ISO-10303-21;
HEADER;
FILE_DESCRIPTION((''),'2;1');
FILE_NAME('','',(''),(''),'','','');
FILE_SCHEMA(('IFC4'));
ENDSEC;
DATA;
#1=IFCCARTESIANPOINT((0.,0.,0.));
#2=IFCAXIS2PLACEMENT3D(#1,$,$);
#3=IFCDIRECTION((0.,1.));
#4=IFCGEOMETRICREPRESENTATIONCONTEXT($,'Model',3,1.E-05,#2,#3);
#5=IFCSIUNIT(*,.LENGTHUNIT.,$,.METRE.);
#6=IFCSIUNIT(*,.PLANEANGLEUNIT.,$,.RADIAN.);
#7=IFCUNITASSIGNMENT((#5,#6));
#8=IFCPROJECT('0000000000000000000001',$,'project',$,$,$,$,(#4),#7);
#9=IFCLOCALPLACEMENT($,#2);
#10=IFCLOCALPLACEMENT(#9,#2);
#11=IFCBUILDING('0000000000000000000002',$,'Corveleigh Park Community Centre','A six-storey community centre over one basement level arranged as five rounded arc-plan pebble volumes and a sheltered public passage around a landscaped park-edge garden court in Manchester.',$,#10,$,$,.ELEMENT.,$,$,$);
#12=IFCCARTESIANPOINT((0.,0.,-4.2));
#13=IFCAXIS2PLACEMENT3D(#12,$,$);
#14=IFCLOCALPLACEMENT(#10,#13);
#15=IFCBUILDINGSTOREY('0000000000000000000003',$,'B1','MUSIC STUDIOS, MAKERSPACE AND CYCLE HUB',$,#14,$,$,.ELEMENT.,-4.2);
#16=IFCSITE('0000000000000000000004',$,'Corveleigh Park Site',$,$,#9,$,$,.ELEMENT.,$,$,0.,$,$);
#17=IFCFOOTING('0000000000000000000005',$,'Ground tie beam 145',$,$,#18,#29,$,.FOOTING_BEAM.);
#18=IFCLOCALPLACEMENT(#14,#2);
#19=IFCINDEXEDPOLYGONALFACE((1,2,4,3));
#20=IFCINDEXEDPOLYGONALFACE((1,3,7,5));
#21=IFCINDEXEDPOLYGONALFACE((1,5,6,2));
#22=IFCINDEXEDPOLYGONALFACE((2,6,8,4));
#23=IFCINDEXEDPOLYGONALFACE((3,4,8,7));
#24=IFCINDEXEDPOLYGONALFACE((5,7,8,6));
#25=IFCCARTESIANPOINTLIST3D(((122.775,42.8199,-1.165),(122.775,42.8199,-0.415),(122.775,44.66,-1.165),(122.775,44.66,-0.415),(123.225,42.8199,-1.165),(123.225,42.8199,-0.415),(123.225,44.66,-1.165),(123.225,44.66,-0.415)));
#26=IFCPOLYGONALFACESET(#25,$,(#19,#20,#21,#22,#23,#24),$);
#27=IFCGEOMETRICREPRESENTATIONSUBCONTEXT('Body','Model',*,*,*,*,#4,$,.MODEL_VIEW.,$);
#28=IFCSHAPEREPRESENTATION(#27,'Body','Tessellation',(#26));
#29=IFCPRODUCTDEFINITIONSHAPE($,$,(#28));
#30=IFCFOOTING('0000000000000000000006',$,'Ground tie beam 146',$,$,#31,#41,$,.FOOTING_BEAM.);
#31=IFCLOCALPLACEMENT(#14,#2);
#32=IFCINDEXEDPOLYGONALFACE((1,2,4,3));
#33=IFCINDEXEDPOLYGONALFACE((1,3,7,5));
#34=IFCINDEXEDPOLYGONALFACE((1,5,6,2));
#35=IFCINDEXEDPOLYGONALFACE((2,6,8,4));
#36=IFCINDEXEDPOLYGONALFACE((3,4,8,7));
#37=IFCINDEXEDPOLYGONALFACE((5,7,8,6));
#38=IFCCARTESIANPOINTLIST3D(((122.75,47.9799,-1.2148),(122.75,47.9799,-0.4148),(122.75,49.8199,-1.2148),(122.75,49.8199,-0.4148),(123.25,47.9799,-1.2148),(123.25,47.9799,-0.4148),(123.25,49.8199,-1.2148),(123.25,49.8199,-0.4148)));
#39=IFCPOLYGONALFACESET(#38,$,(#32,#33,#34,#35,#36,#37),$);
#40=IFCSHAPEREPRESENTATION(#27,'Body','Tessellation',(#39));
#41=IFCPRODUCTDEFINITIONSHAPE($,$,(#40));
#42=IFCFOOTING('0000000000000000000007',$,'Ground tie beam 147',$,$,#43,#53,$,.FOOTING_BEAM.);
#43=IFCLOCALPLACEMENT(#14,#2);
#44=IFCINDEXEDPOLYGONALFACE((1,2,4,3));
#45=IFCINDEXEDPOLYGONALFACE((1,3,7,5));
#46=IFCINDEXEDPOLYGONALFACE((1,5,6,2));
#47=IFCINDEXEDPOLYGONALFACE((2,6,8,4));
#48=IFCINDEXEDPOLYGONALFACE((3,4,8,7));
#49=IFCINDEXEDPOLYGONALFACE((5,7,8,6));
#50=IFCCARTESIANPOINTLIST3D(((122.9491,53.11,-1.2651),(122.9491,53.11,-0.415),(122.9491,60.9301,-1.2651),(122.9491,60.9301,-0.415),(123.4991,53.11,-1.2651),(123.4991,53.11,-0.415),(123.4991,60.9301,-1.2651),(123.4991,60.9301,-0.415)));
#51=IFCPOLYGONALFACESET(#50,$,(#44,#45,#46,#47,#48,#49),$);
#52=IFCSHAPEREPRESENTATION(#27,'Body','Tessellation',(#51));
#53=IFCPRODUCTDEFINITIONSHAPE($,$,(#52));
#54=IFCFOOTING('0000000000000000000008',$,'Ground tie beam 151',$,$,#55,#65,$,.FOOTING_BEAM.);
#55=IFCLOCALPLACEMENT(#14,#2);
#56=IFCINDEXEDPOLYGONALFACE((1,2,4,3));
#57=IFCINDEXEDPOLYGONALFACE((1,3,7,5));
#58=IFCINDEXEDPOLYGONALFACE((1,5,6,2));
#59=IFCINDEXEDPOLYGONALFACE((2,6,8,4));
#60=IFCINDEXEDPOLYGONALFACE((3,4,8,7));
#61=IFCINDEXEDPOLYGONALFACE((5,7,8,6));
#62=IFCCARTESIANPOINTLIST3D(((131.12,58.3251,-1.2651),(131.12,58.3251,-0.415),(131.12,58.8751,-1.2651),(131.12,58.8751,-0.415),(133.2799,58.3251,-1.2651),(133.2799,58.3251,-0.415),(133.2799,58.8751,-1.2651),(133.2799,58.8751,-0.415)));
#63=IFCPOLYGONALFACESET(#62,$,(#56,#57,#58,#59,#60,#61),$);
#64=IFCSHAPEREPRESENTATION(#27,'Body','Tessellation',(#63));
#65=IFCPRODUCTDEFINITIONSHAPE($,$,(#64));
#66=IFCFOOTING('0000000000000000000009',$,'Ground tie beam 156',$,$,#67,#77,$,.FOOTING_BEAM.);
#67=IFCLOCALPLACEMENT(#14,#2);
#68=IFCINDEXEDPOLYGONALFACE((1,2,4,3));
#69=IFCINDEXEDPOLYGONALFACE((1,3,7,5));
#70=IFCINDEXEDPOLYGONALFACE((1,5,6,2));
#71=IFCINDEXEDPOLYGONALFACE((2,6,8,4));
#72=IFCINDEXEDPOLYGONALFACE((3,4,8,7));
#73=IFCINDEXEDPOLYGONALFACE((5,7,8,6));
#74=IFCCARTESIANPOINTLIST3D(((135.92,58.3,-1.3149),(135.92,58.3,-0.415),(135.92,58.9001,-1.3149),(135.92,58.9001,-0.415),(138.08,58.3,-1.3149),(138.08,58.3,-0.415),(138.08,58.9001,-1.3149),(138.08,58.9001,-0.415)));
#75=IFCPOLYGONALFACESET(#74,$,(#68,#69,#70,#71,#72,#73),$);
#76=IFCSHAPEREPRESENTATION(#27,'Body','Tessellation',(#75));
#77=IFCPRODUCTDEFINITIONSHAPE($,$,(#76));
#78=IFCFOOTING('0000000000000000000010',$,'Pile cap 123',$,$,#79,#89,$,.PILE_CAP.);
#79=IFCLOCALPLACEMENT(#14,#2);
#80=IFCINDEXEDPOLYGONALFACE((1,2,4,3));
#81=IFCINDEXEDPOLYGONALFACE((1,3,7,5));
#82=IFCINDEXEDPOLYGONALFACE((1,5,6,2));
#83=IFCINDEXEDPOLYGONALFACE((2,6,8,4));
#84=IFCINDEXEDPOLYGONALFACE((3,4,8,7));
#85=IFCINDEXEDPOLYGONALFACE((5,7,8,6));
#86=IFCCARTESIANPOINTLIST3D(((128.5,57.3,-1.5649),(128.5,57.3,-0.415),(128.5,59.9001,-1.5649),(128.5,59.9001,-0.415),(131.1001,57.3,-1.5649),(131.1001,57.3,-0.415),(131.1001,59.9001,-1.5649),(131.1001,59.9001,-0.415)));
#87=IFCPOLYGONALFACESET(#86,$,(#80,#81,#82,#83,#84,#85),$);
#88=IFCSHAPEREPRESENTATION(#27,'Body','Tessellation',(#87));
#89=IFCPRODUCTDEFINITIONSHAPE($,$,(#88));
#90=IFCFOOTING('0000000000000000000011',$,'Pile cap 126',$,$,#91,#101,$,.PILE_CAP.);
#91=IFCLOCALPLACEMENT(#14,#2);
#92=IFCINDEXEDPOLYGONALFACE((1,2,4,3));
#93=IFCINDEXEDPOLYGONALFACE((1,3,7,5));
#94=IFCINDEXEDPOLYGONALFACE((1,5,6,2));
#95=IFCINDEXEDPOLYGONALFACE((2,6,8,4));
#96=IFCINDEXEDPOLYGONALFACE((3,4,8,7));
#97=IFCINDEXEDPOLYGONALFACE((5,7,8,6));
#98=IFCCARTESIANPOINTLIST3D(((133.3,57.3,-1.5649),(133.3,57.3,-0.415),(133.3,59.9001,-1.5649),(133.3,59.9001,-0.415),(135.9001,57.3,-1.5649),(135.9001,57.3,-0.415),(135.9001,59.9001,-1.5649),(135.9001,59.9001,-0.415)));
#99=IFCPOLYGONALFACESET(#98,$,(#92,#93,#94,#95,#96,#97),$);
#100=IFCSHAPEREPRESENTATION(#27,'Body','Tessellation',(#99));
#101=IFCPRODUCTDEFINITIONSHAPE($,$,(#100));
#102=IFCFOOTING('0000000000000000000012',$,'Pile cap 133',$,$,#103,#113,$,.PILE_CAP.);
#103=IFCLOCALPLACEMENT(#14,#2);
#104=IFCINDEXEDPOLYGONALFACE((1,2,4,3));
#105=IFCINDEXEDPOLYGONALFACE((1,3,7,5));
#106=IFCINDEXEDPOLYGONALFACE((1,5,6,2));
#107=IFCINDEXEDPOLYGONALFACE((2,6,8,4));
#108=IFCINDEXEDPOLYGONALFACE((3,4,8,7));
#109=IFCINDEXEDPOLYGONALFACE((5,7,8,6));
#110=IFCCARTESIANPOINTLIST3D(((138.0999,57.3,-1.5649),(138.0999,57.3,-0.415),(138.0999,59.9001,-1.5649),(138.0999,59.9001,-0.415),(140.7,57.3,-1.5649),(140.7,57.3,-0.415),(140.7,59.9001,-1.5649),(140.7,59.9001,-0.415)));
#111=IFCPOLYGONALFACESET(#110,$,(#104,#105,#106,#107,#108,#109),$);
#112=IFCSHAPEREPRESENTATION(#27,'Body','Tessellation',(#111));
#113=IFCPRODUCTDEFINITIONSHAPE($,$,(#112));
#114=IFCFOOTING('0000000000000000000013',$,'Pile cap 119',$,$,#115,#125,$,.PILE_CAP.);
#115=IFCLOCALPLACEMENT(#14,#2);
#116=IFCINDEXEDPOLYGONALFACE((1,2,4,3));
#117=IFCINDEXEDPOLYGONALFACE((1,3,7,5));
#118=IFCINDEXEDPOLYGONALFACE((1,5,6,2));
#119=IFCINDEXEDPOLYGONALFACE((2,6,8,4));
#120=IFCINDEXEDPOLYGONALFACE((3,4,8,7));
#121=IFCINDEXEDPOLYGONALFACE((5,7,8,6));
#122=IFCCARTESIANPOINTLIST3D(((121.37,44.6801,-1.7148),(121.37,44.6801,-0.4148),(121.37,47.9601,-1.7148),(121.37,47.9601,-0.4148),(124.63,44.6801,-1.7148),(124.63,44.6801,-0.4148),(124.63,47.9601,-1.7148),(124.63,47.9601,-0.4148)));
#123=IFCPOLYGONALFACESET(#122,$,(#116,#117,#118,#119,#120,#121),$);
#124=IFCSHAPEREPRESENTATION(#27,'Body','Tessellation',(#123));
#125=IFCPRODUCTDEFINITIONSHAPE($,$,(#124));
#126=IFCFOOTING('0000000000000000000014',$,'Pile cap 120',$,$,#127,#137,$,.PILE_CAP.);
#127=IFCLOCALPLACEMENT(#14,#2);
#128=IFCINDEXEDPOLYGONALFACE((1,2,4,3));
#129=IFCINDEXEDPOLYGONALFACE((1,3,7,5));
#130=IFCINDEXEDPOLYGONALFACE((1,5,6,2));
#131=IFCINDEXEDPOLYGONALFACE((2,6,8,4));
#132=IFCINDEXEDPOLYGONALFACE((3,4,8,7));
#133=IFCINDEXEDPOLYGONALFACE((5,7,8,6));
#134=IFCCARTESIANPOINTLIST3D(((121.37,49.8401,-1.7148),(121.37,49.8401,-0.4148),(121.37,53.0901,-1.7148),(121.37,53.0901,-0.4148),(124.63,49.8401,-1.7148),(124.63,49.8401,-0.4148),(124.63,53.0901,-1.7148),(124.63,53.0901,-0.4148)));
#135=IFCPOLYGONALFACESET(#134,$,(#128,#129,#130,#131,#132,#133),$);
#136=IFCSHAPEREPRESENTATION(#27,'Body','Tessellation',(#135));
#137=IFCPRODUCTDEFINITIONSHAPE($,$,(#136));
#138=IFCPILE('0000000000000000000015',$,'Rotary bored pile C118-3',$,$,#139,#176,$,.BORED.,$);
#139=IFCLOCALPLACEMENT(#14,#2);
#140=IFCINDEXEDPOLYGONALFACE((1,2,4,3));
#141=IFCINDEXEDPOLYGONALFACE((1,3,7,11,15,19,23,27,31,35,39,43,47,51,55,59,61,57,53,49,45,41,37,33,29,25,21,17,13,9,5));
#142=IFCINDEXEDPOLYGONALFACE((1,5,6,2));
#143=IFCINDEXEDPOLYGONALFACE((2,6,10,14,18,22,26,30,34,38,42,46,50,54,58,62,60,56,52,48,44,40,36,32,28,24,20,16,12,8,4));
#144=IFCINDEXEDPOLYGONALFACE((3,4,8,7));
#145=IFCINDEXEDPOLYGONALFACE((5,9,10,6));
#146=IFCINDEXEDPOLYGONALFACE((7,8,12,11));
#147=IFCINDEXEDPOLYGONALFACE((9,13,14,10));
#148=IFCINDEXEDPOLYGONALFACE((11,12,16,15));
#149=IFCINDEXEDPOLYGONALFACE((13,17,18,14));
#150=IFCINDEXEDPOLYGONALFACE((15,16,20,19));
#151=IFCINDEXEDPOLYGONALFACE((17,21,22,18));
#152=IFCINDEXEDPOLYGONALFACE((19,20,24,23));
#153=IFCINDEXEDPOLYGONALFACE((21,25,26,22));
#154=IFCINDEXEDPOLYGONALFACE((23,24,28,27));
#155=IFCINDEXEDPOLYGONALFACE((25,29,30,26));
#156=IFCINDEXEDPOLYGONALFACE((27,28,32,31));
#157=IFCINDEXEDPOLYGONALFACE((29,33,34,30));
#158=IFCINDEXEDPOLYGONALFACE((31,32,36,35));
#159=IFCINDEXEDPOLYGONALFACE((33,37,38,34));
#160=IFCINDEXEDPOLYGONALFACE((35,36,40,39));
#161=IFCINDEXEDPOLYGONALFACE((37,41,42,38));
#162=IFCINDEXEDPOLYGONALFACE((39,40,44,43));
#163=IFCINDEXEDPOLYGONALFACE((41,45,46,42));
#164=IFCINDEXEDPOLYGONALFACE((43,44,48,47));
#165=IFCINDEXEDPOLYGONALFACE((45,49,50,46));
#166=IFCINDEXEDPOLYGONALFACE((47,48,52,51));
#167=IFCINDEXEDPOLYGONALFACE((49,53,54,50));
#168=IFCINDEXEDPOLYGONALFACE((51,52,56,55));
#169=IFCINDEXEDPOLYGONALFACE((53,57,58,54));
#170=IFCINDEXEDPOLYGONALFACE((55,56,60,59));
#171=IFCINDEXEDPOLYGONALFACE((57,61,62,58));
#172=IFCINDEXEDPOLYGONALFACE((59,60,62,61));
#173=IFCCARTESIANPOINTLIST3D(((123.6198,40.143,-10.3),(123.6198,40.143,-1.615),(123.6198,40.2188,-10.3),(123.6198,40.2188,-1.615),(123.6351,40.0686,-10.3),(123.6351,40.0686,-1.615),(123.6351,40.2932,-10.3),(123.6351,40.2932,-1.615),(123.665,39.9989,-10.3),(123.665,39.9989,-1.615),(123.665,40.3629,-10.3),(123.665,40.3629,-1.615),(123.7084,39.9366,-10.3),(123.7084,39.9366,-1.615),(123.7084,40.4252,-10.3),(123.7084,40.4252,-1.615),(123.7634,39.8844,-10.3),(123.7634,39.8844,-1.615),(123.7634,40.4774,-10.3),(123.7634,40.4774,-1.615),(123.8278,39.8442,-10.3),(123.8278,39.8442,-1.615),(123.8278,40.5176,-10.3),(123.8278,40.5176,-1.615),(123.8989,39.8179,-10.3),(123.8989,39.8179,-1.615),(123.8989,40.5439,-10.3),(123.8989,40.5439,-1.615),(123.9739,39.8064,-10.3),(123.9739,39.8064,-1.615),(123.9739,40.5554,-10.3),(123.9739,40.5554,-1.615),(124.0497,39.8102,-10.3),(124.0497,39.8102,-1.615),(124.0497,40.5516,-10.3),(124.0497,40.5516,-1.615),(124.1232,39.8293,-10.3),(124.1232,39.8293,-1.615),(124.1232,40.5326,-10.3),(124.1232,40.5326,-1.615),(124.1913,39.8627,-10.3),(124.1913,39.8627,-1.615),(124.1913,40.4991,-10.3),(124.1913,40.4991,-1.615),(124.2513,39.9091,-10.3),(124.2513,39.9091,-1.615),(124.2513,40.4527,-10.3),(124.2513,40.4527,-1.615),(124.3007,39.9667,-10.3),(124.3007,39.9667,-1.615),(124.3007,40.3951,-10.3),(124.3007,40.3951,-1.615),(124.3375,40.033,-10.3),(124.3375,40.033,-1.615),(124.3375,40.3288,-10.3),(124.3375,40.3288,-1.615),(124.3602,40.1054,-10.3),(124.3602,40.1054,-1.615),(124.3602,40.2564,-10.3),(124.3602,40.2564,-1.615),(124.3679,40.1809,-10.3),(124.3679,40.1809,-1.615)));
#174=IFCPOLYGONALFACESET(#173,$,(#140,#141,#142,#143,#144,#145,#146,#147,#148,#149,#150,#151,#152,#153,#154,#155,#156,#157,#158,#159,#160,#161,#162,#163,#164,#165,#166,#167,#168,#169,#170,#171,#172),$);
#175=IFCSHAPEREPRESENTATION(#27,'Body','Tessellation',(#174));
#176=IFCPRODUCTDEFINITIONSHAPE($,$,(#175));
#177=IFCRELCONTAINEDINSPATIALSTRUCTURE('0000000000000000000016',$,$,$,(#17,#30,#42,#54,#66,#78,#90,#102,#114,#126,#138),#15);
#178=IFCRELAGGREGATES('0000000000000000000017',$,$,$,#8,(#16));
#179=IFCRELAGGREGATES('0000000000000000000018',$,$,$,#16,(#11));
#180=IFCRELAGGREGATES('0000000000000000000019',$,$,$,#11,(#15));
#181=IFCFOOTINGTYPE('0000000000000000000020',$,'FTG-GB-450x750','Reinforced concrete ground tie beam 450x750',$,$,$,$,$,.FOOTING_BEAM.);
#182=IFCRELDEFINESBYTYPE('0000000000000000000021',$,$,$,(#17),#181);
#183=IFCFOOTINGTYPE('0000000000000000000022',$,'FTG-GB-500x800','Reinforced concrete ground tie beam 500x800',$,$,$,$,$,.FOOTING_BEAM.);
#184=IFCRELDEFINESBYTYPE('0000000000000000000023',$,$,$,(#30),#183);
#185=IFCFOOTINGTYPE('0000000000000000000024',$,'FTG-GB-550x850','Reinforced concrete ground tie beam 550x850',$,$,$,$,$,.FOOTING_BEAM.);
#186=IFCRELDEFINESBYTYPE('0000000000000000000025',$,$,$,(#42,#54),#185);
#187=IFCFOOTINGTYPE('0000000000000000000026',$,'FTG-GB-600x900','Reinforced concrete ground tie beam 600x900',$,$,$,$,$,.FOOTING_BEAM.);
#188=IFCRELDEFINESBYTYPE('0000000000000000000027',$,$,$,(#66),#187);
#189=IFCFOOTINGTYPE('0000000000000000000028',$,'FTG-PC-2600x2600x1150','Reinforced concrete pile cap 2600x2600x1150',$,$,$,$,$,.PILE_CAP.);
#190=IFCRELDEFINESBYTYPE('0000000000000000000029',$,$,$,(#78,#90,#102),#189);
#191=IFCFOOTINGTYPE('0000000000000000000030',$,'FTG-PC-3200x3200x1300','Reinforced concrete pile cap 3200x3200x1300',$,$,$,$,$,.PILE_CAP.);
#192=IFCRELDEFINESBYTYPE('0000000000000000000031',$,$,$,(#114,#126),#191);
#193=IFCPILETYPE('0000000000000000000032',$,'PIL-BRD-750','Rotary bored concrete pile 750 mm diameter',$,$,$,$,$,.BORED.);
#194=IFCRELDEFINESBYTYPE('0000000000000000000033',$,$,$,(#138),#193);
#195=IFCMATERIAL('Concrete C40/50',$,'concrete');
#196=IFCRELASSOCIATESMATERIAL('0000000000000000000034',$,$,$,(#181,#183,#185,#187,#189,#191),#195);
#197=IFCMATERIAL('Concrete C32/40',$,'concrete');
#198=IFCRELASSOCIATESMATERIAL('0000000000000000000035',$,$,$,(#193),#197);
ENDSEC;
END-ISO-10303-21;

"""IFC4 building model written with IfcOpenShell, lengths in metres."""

from ifc_helpers import new_model, si_unit, direction, frame, origin, origin_2d, place, context, subcontext, project, spatial, rectangle, circle, extrude, material, material_profile, profile_set, type_object, element, save


model = new_model("IFC4")

# Units and contexts
model_context = context("Model", 3, precision=1e-05, world=origin(), true_north=direction((0.0, 1.0)))
body_context = subcontext(model_context, "Body", "Model", "MODEL_VIEW")
ifc_project = project(units=[si_unit("LENGTHUNIT", "METRE"), si_unit("PLANEANGLEUNIT", "RADIAN")], contexts=[model_context])

# Site, building, storey
site_placement = place(None, origin())
site = spatial("IfcSite", under=ifc_project, at=site_placement, Name="Corveleigh Park Site", CompositionType="ELEMENT", RefElevation=0.0)
building_placement = place(site_placement, origin())
building = spatial("IfcBuilding", under=site, at=building_placement, Name="Corveleigh Park Community Centre", Description="A six-storey community centre over one basement level arranged as five rounded arc-plan pebble volumes and a sheltered public passage around a landscaped park-edge garden court in Manchester.", CompositionType="ELEMENT")
storey_placement = place(building_placement, frame((0.0, 0.0, -4.2)))
storey = spatial("IfcBuildingStorey", under=building, at=storey_placement, Name="B1", Description="MUSIC STUDIOS, MAKERSPACE AND CYCLE HUB", CompositionType="ELEMENT", Elevation=-4.2)

# Footings
ifc_material_1 = material(Name="Concrete C40/50", Category="concrete")
footing_type_1 = type_object("IfcFootingType", Name="FTG-GB-450x750", Description="Reinforced concrete ground tie beam 450x750", PredefinedType="FOOTING_BEAM", material=ifc_material_1)
footing_1_placement = place(storey_placement, frame((123.0, 43.74, -1.165), z_axis=(0.0, 0.0, 1.0), x_axis=(1.0, 0.0, 0.0)))
element("IfcFooting", 1, at=footing_1_placement, inside=storey, type_object=footing_type_1, Name="Ground tie beam 145", PredefinedType="FOOTING_BEAM", context=body_context, shape_type="SweptSolid", body=[
    extrude(rectangle(XDim=0.45, YDim=1.8401, at=origin_2d()), origin(), (0.0, 0.0, 1.0), 0.75),
])
footing_type_2 = type_object("IfcFootingType", Name="FTG-GB-500x800", Description="Reinforced concrete ground tie beam 500x800", PredefinedType="FOOTING_BEAM", material=ifc_material_1)
footing_2_placement = place(storey_placement, frame((123.0, 48.8999, -1.2148), z_axis=(0.0, 0.0, 1.0), x_axis=(1.0, 0.0, 0.0)))
element("IfcFooting", 2, at=footing_2_placement, inside=storey, type_object=footing_type_2, Name="Ground tie beam 146", PredefinedType="FOOTING_BEAM", context=body_context, shape_type="SweptSolid", body=[
    extrude(rectangle(XDim=0.5, YDim=1.8401, at=origin_2d()), origin(), (0.0, 0.0, 1.0), 0.8),
])
footing_type_3 = type_object("IfcFootingType", Name="FTG-GB-550x850", Description="Reinforced concrete ground tie beam 550x850", PredefinedType="FOOTING_BEAM", material=ifc_material_1)
footing_3_placement = place(storey_placement, frame((123.2241, 57.02, -1.2651), z_axis=(0.0, 0.0, 1.0), x_axis=(1.0, 0.0, 0.0)))
element("IfcFooting", 3, at=footing_3_placement, inside=storey, type_object=footing_type_3, Name="Ground tie beam 147", PredefinedType="FOOTING_BEAM", context=body_context, shape_type="SweptSolid", body=[
    extrude(rectangle(XDim=0.55, YDim=7.8201, at=origin_2d()), origin(), (0.0, 0.0, 1.0), 0.8501),
])
footing_4_placement = place(storey_placement, frame((132.2, 58.6001, -1.2651), z_axis=(0.0, 0.0, 1.0), x_axis=(1.0, 0.0, 0.0)))
element("IfcFooting", 4, at=footing_4_placement, inside=storey, type_object=footing_type_3, Name="Ground tie beam 151", PredefinedType="FOOTING_BEAM", context=body_context, shape_type="SweptSolid", body=[
    extrude(rectangle(XDim=2.1599, YDim=0.55, at=origin_2d()), origin(), (0.0, 0.0, 1.0), 0.8501),
])
footing_type_4 = type_object("IfcFootingType", Name="FTG-GB-600x900", Description="Reinforced concrete ground tie beam 600x900", PredefinedType="FOOTING_BEAM", material=ifc_material_1)
footing_5_placement = place(storey_placement, frame((137.0, 58.6001, -1.3149), z_axis=(0.0, 0.0, 1.0), x_axis=(1.0, 0.0, 0.0)))
element("IfcFooting", 5, at=footing_5_placement, inside=storey, type_object=footing_type_4, Name="Ground tie beam 156", PredefinedType="FOOTING_BEAM", context=body_context, shape_type="SweptSolid", body=[
    extrude(rectangle(XDim=2.1599, YDim=0.6001, at=origin_2d()), origin(), (0.0, 0.0, 1.0), 0.8999),
])
footing_type_5 = type_object("IfcFootingType", Name="FTG-PC-2600x2600x1150", Description="Reinforced concrete pile cap 2600x2600x1150", PredefinedType="PILE_CAP", material=ifc_material_1)
for number, where, z_axis, x_axis, name in (
    (6, (129.8, 58.6001, -1.5649), (0.0, 0.0, 1.0), (1.0, 0.0, 0.0), "Pile cap 123"),
    (7, (134.6001, 58.6001, -1.5649), (0.0, 0.0, 1.0), (1.0, 0.0, 0.0), "Pile cap 126"),
    (8, (139.3999, 58.6001, -1.5649), (0.0, 0.0, 1.0), (1.0, 0.0, 0.0), "Pile cap 133"),
):
    element("IfcFooting", number, at=place(storey_placement, frame(where, z_axis=z_axis, x_axis=x_axis)), inside=storey, type_object=footing_type_5, Name=name, PredefinedType="PILE_CAP", context=body_context, shape_type="SweptSolid", body=[
        extrude(rectangle(XDim=2.6001, YDim=2.6001, at=origin_2d()), origin(), (0.0, 0.0, 1.0), 1.1499),
    ])
footing_type_6 = type_object("IfcFootingType", Name="FTG-PC-3200x3200x1300", Description="Reinforced concrete pile cap 3200x3200x1300", PredefinedType="PILE_CAP", material=ifc_material_1)
footing_6_placement = place(storey_placement, frame((123.0, 46.3201, -1.7148), z_axis=(0.0, 0.0, 1.0), x_axis=(1.0, 0.0, 0.0)))
element("IfcFooting", 9, at=footing_6_placement, inside=storey, type_object=footing_type_6, Name="Pile cap 119", PredefinedType="PILE_CAP", context=body_context, shape_type="SweptSolid", body=[
    extrude(rectangle(XDim=3.26, YDim=3.28, at=origin_2d()), origin(), (0.0, 0.0, 1.0), 1.3),
])
footing_7_placement = place(storey_placement, frame((123.0, 51.4651, -1.7148), z_axis=(0.0, 0.0, 1.0), x_axis=(1.0, 0.0, 0.0)))
element("IfcFooting", 10, at=footing_7_placement, inside=storey, type_object=footing_type_6, Name="Pile cap 120", PredefinedType="PILE_CAP", context=body_context, shape_type="SweptSolid", body=[
    extrude(rectangle(XDim=3.26, YDim=3.25, at=origin_2d()), origin(), (0.0, 0.0, 1.0), 1.3),
])

# Pile
ifc_material_2 = material(Name="Concrete C32/40", Category="concrete")
ifc_material_profile_1 = material_profile(ifc_material_2, circle(Radius=0.375, at=origin_2d()), Name="BORED-PILE-750", Category="concrete")
ifc_profile_set_1 = profile_set([ifc_material_profile_1], Name="Concrete C32/40")
pile_type_1 = type_object("IfcPileType", Name="PIL-BRD-750", Description="Rotary bored concrete pile 750 mm diameter", PredefinedType="BORED", material=ifc_profile_set_1)
for number, where, z_axis, x_axis, name in (
    (11, (123.9929, 40.1809, -1.615), (0.0, 0.0, -1.0), (1.0, 0.0, 0.0), "Rotary bored pile C118-3"),
):
    element("IfcPile", number, at=place(storey_placement, frame(where, z_axis=z_axis, x_axis=x_axis)), inside=storey, type_object=pile_type_1, Name=name, PredefinedType="BORED", context=body_context, shape_type="SweptSolid", body=[
        extrude(circle(Radius=0.375, at=origin_2d()), origin(), (0.0, 0.0, 1.0), 8.6851),
    ])

save(model, "model.ifc")
